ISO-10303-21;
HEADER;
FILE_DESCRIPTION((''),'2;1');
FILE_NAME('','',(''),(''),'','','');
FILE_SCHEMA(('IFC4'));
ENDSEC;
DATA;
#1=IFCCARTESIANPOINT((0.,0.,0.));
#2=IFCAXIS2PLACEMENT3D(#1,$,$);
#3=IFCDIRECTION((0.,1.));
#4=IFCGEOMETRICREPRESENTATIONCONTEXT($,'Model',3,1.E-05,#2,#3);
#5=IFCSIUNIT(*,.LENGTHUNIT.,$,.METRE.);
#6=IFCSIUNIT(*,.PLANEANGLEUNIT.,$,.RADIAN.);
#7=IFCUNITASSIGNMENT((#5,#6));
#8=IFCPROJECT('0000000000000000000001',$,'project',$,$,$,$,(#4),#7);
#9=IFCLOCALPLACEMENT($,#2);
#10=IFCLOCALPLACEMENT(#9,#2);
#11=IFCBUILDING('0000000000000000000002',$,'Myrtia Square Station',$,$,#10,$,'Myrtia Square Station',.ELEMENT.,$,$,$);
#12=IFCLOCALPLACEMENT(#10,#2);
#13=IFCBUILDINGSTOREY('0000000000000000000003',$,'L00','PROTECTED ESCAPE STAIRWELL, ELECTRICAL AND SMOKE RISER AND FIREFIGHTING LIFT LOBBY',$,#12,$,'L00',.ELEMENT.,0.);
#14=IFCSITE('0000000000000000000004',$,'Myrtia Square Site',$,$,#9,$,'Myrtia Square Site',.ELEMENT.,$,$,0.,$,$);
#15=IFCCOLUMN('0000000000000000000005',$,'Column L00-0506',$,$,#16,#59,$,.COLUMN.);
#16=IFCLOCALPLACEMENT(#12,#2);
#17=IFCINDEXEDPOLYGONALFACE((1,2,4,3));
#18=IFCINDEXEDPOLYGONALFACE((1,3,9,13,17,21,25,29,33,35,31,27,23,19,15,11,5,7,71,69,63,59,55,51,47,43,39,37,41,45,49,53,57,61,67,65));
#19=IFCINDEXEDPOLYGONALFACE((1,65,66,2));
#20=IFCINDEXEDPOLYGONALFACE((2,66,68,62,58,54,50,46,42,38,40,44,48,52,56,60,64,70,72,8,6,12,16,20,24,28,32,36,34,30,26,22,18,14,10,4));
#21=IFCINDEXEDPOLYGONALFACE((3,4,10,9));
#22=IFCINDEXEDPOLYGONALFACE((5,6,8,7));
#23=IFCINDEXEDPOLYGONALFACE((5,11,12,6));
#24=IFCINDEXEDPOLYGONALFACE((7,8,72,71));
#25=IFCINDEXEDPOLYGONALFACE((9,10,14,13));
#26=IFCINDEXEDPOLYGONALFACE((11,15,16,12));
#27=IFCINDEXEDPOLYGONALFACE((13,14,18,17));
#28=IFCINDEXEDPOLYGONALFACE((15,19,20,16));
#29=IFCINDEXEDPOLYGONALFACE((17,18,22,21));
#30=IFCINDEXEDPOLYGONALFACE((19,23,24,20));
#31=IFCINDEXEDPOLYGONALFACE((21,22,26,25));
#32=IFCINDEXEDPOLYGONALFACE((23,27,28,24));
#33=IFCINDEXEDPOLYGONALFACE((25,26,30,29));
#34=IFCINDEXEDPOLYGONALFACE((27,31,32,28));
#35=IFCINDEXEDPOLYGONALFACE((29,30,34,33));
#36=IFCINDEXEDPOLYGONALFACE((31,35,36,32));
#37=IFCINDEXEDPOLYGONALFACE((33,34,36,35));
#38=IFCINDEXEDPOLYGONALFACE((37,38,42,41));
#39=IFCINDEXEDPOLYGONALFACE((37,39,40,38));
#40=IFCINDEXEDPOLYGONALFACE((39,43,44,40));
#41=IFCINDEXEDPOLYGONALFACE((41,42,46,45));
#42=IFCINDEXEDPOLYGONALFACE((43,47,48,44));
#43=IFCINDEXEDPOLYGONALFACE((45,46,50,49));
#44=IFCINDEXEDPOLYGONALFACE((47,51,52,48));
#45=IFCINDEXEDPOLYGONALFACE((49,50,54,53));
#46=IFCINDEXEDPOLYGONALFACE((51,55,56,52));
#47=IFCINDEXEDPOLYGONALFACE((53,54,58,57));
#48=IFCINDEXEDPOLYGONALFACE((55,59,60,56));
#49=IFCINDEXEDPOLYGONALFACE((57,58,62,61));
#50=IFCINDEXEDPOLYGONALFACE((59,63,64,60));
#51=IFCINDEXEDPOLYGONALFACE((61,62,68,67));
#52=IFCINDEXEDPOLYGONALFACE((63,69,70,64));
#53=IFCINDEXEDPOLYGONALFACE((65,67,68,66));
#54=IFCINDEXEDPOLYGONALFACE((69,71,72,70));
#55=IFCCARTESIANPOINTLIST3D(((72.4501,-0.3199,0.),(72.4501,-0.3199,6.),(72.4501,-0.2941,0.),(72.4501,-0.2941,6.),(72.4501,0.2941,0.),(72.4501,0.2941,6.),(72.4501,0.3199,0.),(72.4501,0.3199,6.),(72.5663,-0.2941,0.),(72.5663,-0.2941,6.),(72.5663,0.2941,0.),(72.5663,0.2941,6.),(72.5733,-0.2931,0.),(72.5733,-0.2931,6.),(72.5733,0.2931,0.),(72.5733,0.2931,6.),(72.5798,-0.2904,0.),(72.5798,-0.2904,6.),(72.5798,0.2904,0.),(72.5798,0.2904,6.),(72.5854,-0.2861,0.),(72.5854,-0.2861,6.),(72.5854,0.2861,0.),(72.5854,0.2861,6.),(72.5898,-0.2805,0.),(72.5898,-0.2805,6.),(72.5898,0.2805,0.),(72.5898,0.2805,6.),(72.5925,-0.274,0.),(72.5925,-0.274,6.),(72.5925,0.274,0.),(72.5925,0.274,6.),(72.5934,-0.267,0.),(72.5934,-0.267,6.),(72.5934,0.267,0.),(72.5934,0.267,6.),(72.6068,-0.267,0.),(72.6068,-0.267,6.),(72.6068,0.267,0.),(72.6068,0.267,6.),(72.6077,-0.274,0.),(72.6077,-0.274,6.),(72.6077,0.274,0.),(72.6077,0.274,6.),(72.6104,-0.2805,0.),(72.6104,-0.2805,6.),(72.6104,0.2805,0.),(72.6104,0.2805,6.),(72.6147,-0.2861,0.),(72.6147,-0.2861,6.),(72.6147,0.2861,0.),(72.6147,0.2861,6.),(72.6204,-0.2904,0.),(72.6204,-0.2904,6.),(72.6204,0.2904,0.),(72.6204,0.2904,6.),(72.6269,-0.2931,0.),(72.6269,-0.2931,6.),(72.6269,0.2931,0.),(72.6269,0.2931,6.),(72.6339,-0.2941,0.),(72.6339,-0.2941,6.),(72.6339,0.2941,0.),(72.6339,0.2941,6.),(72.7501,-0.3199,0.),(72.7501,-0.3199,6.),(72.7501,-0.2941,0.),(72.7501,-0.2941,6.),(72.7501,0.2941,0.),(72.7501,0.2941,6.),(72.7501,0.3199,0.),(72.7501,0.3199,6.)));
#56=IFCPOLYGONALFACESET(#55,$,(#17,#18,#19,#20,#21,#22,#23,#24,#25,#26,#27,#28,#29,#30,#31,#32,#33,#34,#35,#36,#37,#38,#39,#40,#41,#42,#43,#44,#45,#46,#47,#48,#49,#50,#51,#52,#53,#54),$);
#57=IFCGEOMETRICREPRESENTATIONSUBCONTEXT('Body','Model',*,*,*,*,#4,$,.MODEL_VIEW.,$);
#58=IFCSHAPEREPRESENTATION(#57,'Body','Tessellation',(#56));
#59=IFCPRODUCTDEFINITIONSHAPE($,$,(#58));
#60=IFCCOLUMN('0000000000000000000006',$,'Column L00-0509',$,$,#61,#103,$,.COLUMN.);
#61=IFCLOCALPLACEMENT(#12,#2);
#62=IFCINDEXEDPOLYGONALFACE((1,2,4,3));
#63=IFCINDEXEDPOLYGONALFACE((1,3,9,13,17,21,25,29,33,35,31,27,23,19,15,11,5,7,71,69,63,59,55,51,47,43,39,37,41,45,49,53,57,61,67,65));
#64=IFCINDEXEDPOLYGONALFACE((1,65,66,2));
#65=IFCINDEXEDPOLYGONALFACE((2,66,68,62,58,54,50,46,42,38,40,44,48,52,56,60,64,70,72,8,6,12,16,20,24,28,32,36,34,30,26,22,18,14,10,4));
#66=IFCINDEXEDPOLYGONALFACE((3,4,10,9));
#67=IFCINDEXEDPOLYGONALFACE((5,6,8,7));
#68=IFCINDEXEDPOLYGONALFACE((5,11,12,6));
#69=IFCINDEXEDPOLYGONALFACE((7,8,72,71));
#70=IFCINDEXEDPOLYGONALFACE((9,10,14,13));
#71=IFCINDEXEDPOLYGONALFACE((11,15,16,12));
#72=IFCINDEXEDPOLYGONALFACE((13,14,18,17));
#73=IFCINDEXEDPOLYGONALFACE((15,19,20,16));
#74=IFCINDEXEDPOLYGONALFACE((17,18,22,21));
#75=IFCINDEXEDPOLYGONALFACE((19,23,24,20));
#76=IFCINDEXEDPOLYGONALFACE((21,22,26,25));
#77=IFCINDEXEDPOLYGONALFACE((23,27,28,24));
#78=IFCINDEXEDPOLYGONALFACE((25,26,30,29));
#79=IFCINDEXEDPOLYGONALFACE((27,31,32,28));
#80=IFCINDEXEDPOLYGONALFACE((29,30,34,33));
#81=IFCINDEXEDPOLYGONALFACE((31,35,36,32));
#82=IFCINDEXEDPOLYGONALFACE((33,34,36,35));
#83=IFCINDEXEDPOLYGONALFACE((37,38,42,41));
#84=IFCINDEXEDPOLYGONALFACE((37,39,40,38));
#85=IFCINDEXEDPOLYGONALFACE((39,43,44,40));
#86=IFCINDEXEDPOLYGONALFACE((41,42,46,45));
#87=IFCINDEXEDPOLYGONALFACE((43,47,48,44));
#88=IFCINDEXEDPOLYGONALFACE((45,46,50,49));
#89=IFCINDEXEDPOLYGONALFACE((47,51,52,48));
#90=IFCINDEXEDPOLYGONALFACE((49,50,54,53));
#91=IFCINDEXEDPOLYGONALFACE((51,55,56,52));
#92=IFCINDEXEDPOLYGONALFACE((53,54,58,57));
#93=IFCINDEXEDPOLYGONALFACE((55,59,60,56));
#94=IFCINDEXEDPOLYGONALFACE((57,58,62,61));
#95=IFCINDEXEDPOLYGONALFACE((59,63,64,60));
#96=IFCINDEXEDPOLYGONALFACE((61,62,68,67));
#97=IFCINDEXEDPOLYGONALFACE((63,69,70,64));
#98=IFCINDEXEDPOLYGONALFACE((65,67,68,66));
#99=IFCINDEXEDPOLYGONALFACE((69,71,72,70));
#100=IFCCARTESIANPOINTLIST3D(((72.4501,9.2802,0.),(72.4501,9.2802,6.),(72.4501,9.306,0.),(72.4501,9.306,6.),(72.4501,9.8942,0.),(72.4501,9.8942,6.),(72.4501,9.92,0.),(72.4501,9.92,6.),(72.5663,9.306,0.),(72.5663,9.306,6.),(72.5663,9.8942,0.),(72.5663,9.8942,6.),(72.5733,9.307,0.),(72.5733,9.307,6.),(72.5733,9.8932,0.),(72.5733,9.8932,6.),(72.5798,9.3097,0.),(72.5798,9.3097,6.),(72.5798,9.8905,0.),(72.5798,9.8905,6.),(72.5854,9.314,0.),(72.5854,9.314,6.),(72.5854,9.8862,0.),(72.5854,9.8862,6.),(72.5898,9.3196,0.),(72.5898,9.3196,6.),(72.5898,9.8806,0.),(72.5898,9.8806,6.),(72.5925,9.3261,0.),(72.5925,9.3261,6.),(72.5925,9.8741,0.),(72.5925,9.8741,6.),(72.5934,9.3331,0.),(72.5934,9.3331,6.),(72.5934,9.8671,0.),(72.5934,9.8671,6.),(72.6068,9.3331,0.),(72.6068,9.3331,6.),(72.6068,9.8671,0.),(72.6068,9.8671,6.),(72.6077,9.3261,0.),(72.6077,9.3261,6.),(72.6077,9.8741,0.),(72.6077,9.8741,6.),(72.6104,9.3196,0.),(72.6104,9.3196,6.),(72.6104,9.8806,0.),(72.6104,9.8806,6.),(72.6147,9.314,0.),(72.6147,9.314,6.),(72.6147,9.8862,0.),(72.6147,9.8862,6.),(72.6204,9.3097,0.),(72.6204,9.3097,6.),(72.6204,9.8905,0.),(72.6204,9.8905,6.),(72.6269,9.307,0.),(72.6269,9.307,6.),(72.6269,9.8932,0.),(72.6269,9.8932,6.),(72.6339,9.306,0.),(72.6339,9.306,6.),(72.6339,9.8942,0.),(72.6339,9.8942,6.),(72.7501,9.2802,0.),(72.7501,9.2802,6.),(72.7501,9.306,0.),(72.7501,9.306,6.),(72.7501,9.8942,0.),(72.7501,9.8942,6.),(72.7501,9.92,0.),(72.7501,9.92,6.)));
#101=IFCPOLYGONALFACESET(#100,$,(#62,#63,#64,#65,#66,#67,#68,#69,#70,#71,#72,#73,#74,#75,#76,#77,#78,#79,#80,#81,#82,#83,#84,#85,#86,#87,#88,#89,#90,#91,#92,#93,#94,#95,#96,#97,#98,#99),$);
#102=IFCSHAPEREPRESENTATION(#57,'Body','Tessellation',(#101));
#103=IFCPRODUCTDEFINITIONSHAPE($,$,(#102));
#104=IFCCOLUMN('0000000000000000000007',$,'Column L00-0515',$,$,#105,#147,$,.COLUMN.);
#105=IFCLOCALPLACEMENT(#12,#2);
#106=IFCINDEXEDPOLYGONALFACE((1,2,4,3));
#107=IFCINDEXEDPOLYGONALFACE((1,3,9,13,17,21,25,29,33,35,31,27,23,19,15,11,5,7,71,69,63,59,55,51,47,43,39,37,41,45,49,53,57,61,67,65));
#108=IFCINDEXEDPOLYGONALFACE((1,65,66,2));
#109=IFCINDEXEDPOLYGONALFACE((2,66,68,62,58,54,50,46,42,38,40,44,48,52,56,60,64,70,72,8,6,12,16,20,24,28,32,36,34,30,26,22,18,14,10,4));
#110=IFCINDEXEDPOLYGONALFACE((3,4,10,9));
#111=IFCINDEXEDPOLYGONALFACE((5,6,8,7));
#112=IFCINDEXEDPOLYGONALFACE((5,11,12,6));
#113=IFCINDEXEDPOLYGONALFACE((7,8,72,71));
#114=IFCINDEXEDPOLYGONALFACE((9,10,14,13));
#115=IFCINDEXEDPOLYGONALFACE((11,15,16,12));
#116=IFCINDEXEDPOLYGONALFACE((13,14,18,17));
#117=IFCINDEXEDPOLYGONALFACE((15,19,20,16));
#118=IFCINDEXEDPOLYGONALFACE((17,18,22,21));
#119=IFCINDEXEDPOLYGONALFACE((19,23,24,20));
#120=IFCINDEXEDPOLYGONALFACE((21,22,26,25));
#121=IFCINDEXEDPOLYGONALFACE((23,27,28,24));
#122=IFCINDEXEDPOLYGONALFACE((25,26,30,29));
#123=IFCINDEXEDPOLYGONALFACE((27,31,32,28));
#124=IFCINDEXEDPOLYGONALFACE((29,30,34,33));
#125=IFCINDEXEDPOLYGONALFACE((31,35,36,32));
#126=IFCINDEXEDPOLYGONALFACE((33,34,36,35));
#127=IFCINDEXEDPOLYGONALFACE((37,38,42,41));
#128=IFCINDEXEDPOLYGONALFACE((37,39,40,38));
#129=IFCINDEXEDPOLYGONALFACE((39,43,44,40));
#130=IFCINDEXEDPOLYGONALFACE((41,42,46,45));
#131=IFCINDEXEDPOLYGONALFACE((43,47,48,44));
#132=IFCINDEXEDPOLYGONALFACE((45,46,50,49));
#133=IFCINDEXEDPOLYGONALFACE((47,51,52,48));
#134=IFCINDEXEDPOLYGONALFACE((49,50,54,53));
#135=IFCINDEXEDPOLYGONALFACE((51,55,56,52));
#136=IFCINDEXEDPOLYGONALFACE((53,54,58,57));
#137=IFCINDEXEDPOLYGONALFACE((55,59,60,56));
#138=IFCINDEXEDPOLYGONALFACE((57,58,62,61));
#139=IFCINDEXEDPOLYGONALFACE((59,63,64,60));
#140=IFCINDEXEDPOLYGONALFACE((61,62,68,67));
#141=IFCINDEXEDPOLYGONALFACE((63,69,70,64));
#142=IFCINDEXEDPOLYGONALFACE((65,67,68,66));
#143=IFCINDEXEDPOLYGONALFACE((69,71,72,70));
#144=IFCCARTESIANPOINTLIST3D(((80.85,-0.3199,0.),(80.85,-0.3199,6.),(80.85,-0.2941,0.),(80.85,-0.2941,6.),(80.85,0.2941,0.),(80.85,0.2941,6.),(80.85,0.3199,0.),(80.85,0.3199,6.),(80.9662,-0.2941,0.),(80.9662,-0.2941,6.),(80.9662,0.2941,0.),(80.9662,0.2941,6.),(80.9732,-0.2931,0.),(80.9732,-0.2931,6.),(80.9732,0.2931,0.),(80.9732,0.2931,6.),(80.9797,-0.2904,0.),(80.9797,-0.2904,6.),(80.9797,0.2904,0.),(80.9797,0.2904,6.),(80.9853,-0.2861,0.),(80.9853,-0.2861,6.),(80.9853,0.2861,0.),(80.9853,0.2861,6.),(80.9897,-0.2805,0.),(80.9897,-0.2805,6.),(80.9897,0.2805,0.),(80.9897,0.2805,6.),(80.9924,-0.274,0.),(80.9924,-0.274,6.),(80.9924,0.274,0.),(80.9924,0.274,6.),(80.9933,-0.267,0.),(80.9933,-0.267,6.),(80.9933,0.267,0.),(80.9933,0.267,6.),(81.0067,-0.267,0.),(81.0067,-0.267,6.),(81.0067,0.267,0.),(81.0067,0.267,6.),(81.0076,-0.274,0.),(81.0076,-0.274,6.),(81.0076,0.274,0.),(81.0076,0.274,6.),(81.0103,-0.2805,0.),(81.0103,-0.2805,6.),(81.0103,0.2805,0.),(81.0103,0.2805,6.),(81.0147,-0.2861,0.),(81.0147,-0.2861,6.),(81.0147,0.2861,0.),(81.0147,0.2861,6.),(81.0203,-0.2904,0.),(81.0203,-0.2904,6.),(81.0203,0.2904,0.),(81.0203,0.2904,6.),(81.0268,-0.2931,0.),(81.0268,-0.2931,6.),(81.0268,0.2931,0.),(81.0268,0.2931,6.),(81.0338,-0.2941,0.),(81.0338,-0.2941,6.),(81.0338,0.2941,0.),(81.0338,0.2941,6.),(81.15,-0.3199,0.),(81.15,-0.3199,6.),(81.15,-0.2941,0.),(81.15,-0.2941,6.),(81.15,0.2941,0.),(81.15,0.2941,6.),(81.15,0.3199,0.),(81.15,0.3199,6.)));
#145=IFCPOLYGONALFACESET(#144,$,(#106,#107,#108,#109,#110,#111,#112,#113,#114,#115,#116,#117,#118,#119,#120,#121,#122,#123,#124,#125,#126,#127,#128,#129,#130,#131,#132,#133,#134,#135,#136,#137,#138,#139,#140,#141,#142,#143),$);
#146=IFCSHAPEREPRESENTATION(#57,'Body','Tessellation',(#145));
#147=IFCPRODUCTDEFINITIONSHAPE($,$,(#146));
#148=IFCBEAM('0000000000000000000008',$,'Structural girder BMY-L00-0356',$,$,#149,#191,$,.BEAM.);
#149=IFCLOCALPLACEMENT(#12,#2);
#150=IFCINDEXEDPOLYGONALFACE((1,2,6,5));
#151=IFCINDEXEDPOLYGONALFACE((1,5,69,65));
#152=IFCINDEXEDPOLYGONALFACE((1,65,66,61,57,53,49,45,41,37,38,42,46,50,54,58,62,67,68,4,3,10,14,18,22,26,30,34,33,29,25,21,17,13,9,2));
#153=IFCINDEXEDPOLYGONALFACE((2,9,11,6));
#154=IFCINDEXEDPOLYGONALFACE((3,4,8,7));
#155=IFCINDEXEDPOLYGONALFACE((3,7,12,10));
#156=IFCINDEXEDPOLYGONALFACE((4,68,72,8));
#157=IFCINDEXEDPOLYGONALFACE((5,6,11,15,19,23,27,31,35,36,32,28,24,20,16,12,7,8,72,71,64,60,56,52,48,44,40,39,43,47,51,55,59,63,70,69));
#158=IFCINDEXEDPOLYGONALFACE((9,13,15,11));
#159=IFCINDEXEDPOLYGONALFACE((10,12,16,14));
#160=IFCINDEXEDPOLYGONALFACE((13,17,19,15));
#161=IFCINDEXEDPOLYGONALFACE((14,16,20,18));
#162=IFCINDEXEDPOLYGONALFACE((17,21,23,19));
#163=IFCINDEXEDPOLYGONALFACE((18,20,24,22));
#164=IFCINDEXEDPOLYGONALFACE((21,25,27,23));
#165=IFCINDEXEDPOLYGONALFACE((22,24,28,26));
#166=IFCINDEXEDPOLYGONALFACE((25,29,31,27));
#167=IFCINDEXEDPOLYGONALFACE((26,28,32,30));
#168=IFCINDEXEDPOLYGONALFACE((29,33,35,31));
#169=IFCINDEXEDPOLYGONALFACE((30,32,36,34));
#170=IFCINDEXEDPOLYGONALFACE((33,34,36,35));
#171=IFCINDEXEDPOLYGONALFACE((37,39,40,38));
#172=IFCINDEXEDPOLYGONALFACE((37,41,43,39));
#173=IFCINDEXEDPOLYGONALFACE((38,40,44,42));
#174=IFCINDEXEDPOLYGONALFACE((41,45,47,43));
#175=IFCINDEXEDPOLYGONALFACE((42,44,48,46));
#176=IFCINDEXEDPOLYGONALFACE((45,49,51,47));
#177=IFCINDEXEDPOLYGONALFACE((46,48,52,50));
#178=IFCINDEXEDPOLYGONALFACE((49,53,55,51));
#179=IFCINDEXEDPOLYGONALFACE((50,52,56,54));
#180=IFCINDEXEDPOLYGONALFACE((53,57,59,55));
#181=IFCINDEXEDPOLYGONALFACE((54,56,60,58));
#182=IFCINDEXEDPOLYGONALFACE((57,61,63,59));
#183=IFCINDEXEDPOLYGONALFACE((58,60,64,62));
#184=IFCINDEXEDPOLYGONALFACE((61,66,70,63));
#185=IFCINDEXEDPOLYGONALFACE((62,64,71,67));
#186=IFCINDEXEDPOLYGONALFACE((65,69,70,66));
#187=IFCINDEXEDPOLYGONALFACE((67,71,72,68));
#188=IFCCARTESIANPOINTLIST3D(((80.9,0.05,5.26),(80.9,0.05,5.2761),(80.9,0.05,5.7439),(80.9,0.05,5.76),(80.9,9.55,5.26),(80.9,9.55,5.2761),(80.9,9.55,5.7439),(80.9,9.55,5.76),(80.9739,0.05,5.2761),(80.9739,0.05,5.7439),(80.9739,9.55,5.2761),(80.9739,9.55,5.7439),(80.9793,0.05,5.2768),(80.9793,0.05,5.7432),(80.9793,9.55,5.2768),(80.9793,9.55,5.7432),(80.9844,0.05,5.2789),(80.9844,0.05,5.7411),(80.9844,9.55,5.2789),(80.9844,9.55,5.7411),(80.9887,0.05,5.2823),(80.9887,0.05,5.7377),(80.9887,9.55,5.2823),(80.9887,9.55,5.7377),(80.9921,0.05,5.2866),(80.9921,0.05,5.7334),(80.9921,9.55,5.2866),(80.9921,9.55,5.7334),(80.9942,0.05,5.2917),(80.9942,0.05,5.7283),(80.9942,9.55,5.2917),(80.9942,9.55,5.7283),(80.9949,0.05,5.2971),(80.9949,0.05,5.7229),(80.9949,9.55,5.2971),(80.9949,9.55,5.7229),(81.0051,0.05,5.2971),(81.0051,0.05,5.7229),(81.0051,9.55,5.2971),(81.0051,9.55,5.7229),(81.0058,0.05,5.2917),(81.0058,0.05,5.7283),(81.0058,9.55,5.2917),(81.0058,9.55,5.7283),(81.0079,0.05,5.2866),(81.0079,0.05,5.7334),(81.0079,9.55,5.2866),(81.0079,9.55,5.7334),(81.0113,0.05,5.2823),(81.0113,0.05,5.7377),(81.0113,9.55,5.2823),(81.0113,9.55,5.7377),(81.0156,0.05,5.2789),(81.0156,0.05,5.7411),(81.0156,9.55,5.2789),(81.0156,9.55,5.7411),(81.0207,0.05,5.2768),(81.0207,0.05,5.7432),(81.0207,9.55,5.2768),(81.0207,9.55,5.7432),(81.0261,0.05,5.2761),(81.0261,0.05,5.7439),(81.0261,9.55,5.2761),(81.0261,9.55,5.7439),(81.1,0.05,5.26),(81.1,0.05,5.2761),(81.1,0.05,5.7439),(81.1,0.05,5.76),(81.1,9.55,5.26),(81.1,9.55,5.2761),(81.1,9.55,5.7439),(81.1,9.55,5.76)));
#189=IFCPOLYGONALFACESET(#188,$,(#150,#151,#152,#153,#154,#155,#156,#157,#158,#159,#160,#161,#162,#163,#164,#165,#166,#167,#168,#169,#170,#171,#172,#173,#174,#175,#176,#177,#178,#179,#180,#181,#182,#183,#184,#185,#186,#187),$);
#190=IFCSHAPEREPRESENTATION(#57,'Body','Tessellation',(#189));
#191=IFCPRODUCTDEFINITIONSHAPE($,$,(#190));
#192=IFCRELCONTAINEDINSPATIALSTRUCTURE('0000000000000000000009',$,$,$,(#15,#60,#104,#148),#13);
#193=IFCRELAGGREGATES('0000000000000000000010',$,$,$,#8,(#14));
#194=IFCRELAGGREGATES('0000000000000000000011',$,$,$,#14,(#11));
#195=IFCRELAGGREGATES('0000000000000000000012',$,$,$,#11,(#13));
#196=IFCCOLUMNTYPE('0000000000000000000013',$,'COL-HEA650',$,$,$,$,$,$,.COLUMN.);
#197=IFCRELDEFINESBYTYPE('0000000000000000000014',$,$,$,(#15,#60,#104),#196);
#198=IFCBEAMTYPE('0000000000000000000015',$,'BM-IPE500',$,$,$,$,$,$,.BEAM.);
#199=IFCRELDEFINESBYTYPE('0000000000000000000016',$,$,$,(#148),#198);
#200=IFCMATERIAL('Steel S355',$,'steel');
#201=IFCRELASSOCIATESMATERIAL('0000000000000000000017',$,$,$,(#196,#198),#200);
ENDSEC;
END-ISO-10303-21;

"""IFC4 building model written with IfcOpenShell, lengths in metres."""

from ifc_helpers import new_model, si_unit, direction, frame, origin, origin_2d, place, context, subcontext, project, spatial, i_section, extrude, material, material_profile, profile_set, type_object, element, save


model = new_model("IFC4")

# Units and contexts
model_context = context("Model", 3, precision=1e-05, world=origin(), true_north=direction((0.0, 1.0)))
body_context = subcontext(model_context, "Body", "Model", "MODEL_VIEW")
ifc_project = project(units=[si_unit("LENGTHUNIT", "METRE"), si_unit("PLANEANGLEUNIT", "RADIAN")], contexts=[model_context])

# Site, building, storey
site_placement = place(None, origin())
site = spatial("IfcSite", under=ifc_project, at=site_placement, Name="Myrtia Square Site", LongName="Myrtia Square Site", CompositionType="ELEMENT", RefElevation=0.0)
building_placement = place(site_placement, origin())
building = spatial("IfcBuilding", under=site, at=building_placement, Name="Myrtia Square Station", LongName="Myrtia Square Station", CompositionType="ELEMENT")
storey_placement = place(building_placement, origin())
storey = spatial("IfcBuildingStorey", under=building, at=storey_placement, Name="L00", Description="PROTECTED ESCAPE STAIRWELL, ELECTRICAL AND SMOKE RISER AND FIREFIGHTING LIFT LOBBY", LongName="L00", CompositionType="ELEMENT", Elevation=0.0)

# Columns
ifc_material_1 = material(Name="Steel S355", Category="steel")
ifc_material_profile_1 = material_profile(ifc_material_1, i_section(OverallWidth=0.3, OverallDepth=0.6399, WebThickness=0.0134, FlangeThickness=0.0259, FilletRadius=0.0271, at=origin_2d()), Name="HEA 650")
ifc_profile_set_1 = profile_set([ifc_material_profile_1], Name="Steel S355")
column_type = type_object("IfcColumnType", Name="COL-HEA650", PredefinedType="COLUMN", material=ifc_profile_set_1)
for number, where, z_axis, x_axis, name in (
    (1, (72.6001, 0.0, 0.0), (0.0, 0.0, 1.0), (1.0, 0.0, 0.0), "Column L00-0506"),
    (2, (72.6001, 9.6001, 0.0), (0.0, 0.0, 1.0), (1.0, 0.0, 0.0), "Column L00-0509"),
    (3, (81.0, 0.0, 0.0), (0.0, 0.0, 1.0), (1.0, 0.0, 0.0), "Column L00-0515"),
):
    element("IfcColumn", number, at=place(storey_placement, frame(where, z_axis=z_axis, x_axis=x_axis)), inside=storey, type_object=column_type, Name=name, PredefinedType="COLUMN", context=body_context, shape_type="SweptSolid", body=[
        extrude(i_section(OverallWidth=0.3, OverallDepth=0.6399, WebThickness=0.0134, FlangeThickness=0.0259, FilletRadius=0.0271, at=origin_2d()), origin(), (0.0, 0.0, 1.0), 6.0),
    ])

# Beam
ifc_material_profile_2 = material_profile(ifc_material_1, i_section(OverallWidth=0.2, OverallDepth=0.5, WebThickness=0.0103, FlangeThickness=0.0161, FilletRadius=0.021, at=origin_2d()), Name="IPE 500")
ifc_profile_set_2 = profile_set([ifc_material_profile_2], Name="Steel S355")
beam_type_1 = type_object("IfcBeamType", Name="BM-IPE500", PredefinedType="BEAM", material=ifc_profile_set_2)
beam_1_placement = place(storey_placement, frame((81.0, 0.05, 5.51), z_axis=(0.0, 1.0, 0.0), x_axis=(-1.0, 0.0, 0.0)))
element("IfcBeam", 4, at=beam_1_placement, inside=storey, type_object=beam_type_1, Name="Structural girder BMY-L00-0356", PredefinedType="BEAM", context=body_context, shape_type="SweptSolid", body=[
    extrude(i_section(OverallWidth=0.2, OverallDepth=0.5, WebThickness=0.0103, FlangeThickness=0.0161, FilletRadius=0.021, at=origin_2d()), origin(), (0.0, 0.0, 1.0), 9.5),
])

save(model, "model.ifc")
